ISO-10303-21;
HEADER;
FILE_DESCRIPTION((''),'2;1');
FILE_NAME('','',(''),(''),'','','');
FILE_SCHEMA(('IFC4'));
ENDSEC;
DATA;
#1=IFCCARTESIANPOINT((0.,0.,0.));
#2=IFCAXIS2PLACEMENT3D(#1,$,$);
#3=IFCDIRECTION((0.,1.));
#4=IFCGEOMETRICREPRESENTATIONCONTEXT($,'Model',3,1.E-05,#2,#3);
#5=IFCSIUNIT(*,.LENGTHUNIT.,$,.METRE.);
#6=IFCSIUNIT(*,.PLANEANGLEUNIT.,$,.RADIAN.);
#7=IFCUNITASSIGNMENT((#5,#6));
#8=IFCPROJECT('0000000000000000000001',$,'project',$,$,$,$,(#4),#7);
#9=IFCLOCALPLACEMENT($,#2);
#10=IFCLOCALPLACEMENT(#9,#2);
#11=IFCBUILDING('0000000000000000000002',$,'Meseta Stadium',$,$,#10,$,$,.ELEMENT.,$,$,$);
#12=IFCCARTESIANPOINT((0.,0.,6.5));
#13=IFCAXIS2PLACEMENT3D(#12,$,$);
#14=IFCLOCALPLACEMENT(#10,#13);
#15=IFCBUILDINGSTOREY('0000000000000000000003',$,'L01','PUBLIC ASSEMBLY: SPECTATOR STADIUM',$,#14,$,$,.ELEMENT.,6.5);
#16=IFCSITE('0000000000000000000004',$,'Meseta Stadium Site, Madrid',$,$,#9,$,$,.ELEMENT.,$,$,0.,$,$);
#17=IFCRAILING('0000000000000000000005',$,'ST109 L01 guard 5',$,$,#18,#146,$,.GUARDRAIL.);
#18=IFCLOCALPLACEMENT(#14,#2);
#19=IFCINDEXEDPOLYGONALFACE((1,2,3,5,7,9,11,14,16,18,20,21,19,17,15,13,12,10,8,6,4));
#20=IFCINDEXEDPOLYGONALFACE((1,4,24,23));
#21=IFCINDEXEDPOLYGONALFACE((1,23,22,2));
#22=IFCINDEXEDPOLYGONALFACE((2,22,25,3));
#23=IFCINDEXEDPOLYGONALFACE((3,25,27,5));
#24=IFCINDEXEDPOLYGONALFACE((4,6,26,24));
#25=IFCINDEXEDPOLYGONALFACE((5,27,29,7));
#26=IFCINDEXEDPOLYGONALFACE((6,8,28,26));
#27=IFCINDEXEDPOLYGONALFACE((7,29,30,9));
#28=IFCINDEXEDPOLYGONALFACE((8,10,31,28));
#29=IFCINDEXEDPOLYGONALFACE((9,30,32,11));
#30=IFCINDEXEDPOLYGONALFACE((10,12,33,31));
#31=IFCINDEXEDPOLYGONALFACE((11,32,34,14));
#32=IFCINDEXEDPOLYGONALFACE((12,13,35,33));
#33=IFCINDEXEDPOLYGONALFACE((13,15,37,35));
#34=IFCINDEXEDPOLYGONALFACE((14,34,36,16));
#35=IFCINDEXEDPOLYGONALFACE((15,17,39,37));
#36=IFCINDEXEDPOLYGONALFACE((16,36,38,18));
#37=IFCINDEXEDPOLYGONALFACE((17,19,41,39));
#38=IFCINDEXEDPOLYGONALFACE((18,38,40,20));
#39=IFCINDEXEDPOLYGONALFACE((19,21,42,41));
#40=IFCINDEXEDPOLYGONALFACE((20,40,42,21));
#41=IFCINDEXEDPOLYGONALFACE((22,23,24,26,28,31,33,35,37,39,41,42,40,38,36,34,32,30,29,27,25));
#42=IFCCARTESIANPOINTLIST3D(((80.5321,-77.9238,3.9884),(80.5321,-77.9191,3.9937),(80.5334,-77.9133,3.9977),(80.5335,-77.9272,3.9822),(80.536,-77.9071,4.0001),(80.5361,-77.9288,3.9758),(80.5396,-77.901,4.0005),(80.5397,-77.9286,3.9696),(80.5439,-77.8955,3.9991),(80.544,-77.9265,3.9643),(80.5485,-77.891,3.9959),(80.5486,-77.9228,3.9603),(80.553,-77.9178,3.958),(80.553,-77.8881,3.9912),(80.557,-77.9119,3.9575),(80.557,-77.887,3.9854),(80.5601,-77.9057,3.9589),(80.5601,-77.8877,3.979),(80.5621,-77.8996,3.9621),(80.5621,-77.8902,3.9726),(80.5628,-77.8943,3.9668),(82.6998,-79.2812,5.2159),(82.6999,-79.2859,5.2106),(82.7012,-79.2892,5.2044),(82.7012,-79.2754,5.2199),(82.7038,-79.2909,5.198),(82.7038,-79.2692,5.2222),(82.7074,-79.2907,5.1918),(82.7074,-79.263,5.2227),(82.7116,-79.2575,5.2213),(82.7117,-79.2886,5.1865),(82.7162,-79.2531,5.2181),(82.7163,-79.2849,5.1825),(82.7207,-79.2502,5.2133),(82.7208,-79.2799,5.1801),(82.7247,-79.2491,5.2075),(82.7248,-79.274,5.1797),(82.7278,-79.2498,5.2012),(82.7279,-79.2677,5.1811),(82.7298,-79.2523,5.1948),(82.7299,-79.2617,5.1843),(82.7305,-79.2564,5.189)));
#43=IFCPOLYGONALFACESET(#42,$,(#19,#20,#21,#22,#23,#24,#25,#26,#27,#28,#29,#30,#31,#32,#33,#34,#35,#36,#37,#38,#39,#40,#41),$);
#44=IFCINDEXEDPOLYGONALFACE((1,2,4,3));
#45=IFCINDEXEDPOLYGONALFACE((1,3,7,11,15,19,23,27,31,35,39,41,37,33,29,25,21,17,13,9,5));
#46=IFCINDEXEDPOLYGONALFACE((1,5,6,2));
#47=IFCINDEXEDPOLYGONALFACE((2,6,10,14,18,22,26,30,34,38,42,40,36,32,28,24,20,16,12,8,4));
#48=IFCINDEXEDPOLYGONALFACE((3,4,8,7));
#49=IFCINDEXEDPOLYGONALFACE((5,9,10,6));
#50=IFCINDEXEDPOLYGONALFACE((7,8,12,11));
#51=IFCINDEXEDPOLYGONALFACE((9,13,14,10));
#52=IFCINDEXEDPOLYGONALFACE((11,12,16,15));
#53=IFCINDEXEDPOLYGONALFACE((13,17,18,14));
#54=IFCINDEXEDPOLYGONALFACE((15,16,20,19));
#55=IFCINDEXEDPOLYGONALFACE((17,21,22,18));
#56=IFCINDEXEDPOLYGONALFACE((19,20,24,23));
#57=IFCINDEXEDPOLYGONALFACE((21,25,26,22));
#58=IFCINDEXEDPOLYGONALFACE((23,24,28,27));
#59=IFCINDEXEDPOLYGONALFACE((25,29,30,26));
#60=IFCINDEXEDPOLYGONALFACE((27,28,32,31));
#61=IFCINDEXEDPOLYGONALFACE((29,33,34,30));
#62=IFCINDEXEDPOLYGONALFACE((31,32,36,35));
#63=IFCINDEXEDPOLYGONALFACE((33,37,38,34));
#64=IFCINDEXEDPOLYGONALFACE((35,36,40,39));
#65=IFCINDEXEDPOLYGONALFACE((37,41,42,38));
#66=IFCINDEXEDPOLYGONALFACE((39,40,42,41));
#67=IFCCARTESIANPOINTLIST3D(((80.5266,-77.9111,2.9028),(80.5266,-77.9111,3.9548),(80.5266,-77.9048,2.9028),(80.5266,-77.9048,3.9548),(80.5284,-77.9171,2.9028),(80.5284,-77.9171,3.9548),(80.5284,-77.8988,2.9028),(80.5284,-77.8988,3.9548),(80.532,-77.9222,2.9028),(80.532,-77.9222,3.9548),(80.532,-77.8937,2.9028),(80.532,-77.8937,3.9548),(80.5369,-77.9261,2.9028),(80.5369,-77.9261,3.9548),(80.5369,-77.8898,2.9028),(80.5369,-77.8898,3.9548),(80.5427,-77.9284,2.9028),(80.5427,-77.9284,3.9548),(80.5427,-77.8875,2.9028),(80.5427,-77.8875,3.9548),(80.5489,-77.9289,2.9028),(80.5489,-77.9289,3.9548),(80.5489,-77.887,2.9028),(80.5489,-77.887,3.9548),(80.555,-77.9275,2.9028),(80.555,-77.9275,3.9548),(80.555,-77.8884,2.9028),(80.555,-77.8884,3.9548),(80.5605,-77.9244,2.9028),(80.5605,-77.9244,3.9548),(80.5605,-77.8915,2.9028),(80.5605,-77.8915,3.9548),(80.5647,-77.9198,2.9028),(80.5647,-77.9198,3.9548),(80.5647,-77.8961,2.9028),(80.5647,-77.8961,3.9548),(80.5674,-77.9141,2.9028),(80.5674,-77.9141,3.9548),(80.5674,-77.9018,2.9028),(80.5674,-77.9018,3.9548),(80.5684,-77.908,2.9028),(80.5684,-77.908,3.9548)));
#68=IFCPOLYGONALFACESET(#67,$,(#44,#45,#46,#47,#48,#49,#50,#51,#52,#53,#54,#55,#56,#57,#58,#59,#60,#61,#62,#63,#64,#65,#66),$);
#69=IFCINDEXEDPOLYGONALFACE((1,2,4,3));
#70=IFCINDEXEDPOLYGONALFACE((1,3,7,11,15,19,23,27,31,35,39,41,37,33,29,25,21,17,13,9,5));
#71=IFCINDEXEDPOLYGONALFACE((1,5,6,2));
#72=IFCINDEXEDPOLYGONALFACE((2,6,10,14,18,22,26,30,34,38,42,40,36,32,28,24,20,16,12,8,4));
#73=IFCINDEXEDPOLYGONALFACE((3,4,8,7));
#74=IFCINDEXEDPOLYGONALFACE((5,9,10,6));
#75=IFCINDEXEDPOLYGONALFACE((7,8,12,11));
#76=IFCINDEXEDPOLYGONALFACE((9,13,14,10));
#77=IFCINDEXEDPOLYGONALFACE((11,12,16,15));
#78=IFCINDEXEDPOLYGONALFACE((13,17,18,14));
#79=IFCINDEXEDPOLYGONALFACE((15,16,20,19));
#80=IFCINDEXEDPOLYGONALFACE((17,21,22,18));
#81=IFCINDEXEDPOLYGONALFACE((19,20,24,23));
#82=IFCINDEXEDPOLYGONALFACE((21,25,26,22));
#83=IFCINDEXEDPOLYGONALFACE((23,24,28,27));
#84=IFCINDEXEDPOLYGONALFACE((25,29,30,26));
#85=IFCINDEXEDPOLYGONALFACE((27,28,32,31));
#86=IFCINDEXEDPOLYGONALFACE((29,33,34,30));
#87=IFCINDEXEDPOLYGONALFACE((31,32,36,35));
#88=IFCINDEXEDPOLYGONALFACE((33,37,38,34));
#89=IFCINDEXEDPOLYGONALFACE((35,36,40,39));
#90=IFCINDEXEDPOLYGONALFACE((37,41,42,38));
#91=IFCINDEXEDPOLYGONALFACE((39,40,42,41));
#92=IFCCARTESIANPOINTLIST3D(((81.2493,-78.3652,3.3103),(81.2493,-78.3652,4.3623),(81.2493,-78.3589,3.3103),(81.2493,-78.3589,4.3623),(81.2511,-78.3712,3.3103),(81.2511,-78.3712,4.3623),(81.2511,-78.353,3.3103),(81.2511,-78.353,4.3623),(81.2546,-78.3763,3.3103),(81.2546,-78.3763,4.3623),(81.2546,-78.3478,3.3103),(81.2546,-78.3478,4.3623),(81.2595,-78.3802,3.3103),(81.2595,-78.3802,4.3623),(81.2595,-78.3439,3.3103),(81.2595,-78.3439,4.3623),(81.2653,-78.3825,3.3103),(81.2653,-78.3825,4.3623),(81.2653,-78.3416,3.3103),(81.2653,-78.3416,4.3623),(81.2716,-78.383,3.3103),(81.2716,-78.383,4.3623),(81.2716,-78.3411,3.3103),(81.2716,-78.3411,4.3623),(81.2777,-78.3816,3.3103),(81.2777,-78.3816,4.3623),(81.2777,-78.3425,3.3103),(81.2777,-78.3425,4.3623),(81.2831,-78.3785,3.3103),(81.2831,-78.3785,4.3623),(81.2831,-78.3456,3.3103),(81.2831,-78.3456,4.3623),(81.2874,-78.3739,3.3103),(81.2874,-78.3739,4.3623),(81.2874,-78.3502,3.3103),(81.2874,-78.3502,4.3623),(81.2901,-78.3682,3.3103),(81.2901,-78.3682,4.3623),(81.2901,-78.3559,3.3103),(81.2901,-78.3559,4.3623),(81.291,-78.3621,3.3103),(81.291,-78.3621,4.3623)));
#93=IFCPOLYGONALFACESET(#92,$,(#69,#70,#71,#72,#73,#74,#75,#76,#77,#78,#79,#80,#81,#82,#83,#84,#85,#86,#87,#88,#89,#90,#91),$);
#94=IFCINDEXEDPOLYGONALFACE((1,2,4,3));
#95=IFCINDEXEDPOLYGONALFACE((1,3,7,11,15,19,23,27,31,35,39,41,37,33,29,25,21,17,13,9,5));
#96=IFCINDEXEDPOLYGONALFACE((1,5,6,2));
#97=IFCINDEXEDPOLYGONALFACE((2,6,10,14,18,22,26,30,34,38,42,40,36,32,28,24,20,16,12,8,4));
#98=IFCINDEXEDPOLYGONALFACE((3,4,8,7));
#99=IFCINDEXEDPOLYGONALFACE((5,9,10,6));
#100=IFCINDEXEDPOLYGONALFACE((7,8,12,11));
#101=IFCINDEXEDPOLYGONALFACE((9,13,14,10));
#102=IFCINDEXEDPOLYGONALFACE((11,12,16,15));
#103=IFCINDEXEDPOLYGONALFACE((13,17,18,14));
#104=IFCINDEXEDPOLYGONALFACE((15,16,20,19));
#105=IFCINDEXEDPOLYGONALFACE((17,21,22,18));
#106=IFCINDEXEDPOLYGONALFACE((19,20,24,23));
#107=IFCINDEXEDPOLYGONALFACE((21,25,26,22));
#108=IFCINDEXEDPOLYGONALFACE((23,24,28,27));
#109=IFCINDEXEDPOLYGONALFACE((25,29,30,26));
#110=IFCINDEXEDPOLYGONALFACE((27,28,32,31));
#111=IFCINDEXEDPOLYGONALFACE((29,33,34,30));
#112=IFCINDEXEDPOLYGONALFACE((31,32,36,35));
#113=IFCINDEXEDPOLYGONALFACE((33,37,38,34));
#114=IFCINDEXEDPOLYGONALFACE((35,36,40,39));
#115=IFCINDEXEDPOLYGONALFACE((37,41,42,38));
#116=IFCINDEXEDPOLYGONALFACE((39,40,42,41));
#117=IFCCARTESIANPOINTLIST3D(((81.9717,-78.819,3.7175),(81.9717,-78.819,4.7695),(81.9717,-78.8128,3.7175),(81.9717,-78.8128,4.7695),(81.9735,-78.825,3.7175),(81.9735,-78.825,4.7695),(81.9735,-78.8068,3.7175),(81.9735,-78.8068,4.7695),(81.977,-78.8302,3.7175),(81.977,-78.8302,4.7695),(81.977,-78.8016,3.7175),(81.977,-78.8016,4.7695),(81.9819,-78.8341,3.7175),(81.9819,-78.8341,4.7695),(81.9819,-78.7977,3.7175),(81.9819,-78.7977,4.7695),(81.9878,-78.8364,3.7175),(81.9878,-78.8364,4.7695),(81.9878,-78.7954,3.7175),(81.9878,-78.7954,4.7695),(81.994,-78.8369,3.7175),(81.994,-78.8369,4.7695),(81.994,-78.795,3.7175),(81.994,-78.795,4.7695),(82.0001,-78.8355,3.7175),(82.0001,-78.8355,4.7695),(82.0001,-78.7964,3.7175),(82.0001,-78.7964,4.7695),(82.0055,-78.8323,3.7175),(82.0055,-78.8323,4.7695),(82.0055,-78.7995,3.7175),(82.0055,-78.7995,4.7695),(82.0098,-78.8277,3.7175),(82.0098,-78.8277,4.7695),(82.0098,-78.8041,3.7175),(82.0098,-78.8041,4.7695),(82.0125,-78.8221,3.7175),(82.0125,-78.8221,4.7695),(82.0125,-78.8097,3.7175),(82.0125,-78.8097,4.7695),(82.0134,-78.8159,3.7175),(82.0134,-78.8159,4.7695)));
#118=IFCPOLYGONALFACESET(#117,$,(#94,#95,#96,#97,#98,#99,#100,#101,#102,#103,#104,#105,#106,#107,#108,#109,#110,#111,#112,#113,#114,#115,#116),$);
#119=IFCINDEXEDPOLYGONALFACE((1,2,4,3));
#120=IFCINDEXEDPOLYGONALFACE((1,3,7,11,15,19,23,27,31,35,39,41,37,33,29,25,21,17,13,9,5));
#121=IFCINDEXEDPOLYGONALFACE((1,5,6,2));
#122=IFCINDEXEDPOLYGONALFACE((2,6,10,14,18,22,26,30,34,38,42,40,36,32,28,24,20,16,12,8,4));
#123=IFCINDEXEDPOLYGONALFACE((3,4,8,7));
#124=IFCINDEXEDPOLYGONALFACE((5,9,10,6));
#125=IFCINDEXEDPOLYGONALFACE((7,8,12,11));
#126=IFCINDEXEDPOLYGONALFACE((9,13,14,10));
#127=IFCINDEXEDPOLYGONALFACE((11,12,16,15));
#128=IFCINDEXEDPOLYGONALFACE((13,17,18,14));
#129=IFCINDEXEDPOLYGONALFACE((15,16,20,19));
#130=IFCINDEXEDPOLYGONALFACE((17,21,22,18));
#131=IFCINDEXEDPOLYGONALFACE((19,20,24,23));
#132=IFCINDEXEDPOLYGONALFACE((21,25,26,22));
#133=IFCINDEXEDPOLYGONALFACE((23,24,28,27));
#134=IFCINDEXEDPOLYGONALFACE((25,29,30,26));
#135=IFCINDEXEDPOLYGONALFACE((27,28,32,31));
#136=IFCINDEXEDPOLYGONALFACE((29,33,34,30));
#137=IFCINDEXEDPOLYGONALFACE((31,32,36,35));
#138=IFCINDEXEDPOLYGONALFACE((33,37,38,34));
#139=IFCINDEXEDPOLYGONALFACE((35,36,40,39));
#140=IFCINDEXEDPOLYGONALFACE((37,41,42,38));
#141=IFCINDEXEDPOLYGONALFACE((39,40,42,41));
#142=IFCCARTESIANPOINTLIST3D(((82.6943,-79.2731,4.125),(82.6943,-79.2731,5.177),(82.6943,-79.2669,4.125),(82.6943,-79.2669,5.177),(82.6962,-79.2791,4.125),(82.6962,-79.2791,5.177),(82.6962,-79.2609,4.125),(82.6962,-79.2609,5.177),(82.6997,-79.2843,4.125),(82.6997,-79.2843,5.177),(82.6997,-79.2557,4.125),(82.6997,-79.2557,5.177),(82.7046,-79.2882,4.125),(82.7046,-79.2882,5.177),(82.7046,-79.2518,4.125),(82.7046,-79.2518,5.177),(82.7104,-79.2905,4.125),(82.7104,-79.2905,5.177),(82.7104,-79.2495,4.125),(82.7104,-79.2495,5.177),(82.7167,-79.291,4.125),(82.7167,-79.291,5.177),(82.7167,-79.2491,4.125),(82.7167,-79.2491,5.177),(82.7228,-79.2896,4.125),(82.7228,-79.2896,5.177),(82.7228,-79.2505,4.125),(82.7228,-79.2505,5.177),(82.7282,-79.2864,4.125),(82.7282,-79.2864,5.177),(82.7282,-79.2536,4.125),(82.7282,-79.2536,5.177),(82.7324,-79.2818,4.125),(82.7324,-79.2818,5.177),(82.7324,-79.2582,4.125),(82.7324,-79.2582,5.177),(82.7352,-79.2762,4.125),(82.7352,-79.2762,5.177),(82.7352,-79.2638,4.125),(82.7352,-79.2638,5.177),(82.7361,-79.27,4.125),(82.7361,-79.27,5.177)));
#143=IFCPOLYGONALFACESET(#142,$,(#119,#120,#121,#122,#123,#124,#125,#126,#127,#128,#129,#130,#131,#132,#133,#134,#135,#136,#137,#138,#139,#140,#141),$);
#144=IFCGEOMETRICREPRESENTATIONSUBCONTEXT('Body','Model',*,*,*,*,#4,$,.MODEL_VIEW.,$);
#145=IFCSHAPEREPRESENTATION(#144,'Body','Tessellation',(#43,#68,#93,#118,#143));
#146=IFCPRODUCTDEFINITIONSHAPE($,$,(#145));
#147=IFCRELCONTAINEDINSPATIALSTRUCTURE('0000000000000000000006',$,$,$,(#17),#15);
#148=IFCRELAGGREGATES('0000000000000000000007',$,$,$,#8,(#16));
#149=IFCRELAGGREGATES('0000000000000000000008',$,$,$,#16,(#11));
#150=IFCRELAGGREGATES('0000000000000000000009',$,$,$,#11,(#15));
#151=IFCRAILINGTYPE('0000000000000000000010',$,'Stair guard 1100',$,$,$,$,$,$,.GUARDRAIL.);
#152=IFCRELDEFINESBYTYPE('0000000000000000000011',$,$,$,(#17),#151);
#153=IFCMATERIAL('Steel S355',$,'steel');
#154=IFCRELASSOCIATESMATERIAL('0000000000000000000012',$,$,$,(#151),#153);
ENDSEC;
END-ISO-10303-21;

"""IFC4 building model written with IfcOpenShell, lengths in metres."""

from ifc_helpers import new_model, si_unit, direction, frame, origin, origin_2d, place, context, subcontext, project, spatial, circle, extrude, material, type_object, element, save


model = new_model("IFC4")

# Units and contexts
model_context = context("Model", 3, precision=1e-05, world=origin(), true_north=direction((0.0, 1.0)))
body_context = subcontext(model_context, "Body", "Model", "MODEL_VIEW")
ifc_project = project(units=[si_unit("LENGTHUNIT", "METRE"), si_unit("PLANEANGLEUNIT", "RADIAN")], contexts=[model_context])

# Site, building, storey
site_placement = place(None, origin())
site = spatial("IfcSite", under=ifc_project, at=site_placement, Name="Meseta Stadium Site, Madrid", CompositionType="ELEMENT", RefElevation=0.0)
building_placement = place(site_placement, origin())
building = spatial("IfcBuilding", under=site, at=building_placement, Name="Meseta Stadium", CompositionType="ELEMENT")
storey_placement = place(building_placement, frame((0.0, 0.0, 6.5)))
storey = spatial("IfcBuildingStorey", under=building, at=storey_placement, Name="L01", Description="PUBLIC ASSEMBLY: SPECTATOR STADIUM", CompositionType="ELEMENT", Elevation=6.5)

# Railing
ifc_material_1 = material(Name="Steel S355", Category="steel")
railing_type_1 = type_object("IfcRailingType", Name="Stair guard 1100", PredefinedType="GUARDRAIL", material=ifc_material_1)
railing_1_placement = place(storey_placement, frame((80.5474, -77.908, 2.9028)))
element("IfcRailing", 1, at=railing_1_placement, inside=storey, type_object=railing_type_1, Name="ST109 L01 guard 5", PredefinedType="GUARDRAIL", context=body_context, shape_type="SweptSolid", body=[
    extrude(circle(Radius=0.0239, at=origin_2d()), frame((0.0, 0.0, 1.0762), z_axis=(0.764121, -0.480125, 0.430813), x_axis=(0.532029, 0.846726, 0.0)), (0.0, 0.0, 1.0), 2.8369),
    extrude(circle(Radius=0.021, at=origin_2d()), origin(), (0.0, 0.0, 1.0), 1.052),
    extrude(circle(Radius=0.021, at=origin_2d()), frame((0.7227, -0.4541, 0.4075)), (0.0, 0.0, 1.0), 1.052),
    extrude(circle(Radius=0.021, at=origin_2d()), frame((1.4451, -0.908, 0.8147)), (0.0, 0.0, 1.0), 1.052),
    extrude(circle(Radius=0.021, at=origin_2d()), frame((2.1677, -1.3621, 1.2222)), (0.0, 0.0, 1.0), 1.052),
])

save(model, "model.ifc")
